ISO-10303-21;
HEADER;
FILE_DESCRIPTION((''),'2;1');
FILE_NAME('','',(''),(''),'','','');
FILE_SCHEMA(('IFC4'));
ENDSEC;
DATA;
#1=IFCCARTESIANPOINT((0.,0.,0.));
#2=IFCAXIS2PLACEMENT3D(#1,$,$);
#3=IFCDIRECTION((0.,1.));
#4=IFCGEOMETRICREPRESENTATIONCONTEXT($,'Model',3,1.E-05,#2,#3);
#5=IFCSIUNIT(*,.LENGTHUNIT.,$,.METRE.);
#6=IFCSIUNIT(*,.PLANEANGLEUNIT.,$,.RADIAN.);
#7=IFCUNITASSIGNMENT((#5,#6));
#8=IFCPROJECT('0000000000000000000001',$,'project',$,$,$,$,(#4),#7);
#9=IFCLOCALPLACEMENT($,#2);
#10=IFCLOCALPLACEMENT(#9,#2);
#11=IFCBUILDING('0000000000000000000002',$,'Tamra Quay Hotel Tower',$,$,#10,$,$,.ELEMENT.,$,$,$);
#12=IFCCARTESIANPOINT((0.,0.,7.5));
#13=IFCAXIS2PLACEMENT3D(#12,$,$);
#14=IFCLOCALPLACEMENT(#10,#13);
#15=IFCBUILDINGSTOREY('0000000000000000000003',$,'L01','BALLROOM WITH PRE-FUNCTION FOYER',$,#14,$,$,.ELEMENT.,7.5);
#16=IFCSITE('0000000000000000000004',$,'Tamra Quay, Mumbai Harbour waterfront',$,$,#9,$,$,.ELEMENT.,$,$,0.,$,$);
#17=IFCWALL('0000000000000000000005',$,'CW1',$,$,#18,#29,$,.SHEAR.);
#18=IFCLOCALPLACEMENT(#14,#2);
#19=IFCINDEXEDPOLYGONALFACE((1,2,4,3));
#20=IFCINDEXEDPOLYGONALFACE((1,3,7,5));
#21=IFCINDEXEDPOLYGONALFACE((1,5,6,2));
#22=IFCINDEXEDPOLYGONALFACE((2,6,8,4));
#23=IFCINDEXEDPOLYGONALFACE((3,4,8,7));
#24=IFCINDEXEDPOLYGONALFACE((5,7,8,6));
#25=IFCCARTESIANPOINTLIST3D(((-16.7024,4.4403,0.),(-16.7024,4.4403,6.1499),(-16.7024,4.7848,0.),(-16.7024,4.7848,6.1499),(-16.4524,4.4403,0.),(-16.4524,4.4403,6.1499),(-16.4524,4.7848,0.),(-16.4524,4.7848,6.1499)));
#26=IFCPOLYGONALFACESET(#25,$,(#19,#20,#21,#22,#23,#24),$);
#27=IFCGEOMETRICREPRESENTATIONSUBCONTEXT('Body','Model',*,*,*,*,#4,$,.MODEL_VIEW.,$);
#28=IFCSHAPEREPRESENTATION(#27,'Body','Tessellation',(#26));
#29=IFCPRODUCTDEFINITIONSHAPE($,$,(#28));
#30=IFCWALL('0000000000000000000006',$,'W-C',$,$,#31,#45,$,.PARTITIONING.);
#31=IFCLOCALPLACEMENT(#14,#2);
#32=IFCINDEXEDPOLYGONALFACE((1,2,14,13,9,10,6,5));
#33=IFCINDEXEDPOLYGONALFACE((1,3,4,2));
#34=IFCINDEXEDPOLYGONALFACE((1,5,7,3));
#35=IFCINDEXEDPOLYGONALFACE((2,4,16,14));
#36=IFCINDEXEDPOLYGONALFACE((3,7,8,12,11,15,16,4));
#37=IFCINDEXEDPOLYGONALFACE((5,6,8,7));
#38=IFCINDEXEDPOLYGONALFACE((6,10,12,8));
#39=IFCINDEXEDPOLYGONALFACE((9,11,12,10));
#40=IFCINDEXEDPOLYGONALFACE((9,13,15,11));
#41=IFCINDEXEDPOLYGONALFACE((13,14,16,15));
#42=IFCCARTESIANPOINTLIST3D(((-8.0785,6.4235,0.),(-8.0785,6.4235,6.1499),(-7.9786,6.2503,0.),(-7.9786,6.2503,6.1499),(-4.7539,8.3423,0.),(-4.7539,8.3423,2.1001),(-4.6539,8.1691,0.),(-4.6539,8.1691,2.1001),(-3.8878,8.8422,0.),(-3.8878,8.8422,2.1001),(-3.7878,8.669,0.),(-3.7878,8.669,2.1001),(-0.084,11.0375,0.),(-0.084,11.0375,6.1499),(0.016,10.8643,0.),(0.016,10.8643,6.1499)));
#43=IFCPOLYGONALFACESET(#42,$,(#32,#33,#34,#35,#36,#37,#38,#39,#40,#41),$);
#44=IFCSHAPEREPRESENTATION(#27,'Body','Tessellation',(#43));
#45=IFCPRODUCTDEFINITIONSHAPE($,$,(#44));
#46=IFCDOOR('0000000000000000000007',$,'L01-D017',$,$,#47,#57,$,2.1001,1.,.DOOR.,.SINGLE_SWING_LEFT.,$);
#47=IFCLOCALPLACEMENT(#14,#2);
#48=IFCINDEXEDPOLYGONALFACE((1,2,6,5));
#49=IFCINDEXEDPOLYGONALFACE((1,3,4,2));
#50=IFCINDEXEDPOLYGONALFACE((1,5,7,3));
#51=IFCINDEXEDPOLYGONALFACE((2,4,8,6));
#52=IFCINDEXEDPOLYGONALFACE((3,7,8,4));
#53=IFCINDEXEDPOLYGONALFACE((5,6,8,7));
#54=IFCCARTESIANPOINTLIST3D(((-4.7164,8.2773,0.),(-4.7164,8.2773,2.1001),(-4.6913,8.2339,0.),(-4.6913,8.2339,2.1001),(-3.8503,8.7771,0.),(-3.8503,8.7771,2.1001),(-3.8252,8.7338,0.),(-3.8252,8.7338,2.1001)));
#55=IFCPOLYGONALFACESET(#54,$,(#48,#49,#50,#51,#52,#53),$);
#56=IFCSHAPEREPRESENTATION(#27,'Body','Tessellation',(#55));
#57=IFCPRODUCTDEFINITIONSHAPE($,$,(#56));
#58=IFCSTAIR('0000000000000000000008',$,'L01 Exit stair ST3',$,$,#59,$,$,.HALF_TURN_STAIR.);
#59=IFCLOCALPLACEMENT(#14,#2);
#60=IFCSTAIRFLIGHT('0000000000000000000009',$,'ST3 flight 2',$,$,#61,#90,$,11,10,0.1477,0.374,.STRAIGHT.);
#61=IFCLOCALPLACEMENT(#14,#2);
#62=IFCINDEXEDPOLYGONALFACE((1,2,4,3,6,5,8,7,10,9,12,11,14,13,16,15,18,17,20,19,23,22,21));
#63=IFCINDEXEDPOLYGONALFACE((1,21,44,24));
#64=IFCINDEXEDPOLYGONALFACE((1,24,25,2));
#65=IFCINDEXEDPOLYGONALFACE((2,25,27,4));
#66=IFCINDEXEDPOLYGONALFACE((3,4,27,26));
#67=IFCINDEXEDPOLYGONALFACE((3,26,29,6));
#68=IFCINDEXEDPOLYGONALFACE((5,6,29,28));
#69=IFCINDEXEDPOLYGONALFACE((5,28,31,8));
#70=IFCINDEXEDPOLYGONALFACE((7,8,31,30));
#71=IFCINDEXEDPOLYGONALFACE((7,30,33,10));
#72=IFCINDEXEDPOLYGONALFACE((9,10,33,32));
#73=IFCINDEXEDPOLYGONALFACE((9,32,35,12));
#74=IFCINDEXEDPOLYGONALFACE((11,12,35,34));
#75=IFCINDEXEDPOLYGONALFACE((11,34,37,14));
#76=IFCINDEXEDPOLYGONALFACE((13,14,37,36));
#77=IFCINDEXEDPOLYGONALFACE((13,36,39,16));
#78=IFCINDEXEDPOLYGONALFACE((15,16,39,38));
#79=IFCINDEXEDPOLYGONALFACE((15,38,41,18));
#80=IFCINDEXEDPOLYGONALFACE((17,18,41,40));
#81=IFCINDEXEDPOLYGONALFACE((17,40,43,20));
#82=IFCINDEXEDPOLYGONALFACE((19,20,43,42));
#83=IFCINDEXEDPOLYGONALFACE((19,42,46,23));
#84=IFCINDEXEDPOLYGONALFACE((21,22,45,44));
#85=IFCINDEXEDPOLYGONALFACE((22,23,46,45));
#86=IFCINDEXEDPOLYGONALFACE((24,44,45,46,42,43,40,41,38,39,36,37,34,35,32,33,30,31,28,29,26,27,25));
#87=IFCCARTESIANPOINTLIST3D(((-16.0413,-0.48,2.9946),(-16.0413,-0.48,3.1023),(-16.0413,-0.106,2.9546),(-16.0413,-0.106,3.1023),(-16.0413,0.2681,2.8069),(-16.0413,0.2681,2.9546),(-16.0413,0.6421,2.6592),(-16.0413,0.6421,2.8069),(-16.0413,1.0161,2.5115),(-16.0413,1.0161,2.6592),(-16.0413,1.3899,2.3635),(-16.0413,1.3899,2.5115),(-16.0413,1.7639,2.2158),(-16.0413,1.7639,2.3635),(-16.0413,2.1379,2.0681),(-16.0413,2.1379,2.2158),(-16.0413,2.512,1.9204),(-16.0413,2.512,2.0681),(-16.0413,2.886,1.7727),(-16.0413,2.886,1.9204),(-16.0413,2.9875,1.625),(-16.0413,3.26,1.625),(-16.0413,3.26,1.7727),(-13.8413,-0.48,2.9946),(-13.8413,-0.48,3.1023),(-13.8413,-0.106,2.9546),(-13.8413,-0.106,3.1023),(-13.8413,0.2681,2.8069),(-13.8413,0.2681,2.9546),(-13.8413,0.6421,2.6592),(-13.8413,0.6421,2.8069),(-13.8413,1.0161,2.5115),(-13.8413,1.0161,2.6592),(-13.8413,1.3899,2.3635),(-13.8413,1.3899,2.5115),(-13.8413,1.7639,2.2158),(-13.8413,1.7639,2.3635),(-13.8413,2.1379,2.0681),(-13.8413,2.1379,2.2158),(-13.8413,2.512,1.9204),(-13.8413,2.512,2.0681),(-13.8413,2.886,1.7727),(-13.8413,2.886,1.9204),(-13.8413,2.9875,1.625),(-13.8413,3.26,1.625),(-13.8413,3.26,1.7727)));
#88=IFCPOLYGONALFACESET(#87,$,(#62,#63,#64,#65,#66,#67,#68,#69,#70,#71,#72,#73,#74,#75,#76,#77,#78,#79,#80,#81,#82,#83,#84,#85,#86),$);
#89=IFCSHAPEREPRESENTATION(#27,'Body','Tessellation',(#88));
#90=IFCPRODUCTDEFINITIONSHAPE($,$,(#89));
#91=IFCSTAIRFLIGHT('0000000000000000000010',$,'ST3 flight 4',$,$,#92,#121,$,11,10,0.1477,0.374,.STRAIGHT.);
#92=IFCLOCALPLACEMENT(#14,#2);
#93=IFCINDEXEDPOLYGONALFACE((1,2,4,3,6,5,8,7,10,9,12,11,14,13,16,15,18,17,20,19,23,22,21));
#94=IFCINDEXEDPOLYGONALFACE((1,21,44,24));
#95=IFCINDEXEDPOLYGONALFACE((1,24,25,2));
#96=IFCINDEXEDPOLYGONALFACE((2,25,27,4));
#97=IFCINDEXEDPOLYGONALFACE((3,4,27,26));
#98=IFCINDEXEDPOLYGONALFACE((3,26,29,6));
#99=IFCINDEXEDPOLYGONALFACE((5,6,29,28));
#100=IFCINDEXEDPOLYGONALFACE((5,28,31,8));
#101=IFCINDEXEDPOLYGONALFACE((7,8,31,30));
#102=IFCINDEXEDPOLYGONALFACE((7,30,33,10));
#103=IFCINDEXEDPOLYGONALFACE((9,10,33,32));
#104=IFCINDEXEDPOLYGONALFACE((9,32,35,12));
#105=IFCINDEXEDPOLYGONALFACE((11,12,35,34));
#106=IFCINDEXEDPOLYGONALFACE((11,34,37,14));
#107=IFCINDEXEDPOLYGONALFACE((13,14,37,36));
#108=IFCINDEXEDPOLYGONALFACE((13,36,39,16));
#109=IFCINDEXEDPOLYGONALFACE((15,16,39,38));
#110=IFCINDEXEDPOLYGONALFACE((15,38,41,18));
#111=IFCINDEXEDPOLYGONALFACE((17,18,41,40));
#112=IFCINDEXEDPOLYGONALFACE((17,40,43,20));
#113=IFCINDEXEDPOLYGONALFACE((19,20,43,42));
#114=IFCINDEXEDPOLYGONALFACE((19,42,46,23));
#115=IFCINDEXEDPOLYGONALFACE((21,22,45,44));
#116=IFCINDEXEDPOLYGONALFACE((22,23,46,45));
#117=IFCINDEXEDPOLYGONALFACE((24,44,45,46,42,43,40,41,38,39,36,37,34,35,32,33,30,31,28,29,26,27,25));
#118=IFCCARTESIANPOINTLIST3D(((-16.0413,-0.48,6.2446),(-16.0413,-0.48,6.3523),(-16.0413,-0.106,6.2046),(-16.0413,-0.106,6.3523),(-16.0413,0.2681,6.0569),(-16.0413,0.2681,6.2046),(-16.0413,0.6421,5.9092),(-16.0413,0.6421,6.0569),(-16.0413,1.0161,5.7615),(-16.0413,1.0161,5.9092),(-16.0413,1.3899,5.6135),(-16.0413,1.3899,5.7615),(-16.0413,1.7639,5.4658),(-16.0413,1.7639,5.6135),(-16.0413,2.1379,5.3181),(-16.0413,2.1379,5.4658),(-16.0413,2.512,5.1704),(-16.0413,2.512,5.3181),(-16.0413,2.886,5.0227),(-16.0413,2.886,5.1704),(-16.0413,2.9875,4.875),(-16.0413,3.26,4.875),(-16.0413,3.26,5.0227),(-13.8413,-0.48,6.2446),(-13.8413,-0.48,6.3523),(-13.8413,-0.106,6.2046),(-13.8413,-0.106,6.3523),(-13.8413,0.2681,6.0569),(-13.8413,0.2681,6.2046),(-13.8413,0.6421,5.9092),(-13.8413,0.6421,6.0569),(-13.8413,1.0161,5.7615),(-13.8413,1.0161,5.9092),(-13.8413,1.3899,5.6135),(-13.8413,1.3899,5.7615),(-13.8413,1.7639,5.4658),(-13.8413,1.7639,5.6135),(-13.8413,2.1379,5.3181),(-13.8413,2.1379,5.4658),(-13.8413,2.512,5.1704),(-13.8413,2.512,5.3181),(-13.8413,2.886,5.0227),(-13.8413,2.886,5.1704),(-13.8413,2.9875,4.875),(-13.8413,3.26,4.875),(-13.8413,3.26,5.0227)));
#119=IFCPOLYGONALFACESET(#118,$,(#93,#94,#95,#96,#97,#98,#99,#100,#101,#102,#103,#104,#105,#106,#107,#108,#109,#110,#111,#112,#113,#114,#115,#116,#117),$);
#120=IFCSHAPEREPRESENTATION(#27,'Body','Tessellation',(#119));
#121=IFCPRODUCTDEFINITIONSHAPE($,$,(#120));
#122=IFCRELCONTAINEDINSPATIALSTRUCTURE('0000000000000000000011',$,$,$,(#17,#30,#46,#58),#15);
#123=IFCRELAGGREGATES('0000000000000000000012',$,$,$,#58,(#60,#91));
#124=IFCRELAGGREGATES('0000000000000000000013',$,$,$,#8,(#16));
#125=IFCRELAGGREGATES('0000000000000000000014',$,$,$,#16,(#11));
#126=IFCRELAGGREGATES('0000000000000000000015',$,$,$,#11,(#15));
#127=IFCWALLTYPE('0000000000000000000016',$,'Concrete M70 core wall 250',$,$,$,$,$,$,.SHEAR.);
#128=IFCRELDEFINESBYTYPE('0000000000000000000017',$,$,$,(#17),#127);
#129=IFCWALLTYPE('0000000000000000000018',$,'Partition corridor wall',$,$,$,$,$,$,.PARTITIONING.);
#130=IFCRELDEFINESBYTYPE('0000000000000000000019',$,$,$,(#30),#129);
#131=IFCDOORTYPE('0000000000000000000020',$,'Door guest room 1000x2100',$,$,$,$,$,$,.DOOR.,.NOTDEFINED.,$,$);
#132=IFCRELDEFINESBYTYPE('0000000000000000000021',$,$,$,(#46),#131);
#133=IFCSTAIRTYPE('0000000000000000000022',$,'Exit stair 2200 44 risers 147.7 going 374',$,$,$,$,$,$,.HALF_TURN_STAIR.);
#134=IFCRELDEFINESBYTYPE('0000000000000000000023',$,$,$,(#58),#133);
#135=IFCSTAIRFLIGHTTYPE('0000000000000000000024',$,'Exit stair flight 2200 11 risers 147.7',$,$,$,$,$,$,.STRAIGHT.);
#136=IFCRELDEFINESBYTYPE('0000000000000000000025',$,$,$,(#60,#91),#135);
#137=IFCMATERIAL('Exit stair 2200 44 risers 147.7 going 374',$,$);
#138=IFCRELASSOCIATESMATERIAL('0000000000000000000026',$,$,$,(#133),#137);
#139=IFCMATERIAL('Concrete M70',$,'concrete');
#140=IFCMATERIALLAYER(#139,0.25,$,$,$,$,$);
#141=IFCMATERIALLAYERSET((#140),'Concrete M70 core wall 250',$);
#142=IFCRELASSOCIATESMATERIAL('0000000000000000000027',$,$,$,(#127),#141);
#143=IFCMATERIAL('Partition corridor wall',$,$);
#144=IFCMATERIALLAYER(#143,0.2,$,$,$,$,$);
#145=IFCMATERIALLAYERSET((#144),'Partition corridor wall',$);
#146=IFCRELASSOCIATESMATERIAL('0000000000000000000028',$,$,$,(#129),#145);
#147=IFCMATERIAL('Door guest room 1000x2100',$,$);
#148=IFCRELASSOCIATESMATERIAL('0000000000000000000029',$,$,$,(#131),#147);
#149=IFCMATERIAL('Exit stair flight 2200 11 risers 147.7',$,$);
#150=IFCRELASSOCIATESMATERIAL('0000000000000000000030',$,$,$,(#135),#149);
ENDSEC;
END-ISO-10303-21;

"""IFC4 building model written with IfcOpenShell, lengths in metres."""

from ifc_helpers import new_model, si_unit, direction, frame, frame_2d, origin, place, context, subcontext, project, spatial, polyline, rectangle, outline, extrude, material, layer, layer_set, type_object, element, fill, aggregate, save


model = new_model("IFC4")

# Units and contexts
model_context = context("Model", 3, precision=1e-05, world=origin(), true_north=direction((0.0, 1.0)))
body_context = subcontext(model_context, "Body", "Model", "MODEL_VIEW")
ifc_project = project(units=[si_unit("LENGTHUNIT", "METRE"), si_unit("PLANEANGLEUNIT", "RADIAN")], contexts=[model_context])

# Site, building, storey
site_placement = place(None, origin())
site = spatial("IfcSite", under=ifc_project, at=site_placement, Name="Tamra Quay, Mumbai Harbour waterfront", CompositionType="ELEMENT", RefElevation=0.0)
building_placement = place(site_placement, origin())
building = spatial("IfcBuilding", under=site, at=building_placement, Name="Tamra Quay Hotel Tower", CompositionType="ELEMENT")
storey_placement = place(building_placement, frame((0.0, 0.0, 7.5)))
storey = spatial("IfcBuildingStorey", under=building, at=storey_placement, Name="L01", Description="BALLROOM WITH PRE-FUNCTION FOYER", CompositionType="ELEMENT", Elevation=7.5)

# Shared definitions
ifc_material_1 = material(Name="Exit stair 2200 44 risers 147.7 going 374")
stair_type = type_object("IfcStairType", Name="Exit stair 2200 44 risers 147.7 going 374", PredefinedType="HALF_TURN_STAIR", material=ifc_material_1)
ifc_material_2 = material(Name="Concrete M70", Category="concrete")

# Shared definitions
ifc_layer_1 = layer(ifc_material_2, 0.25)
ifc_layer_set_1 = layer_set([ifc_layer_1], Name="Concrete M70 core wall 250")
wall_type_1 = type_object("IfcWallType", Name="Concrete M70 core wall 250", PredefinedType="SHEAR", material=ifc_layer_set_1)

# Wall
wall_1_placement = place(storey_placement, frame((-16.5774, 4.7849, 0.0), z_axis=(0.0, 0.0, 1.0), x_axis=(0.0, -1.0, 0.0)))
element("IfcWall", 1, at=wall_1_placement, inside=storey, type_object=wall_type_1, Name="CW1", PredefinedType="SHEAR", context=body_context, shape_type="SweptSolid", body=[
    extrude(rectangle(XDim=0.3445, YDim=0.25, at=frame_2d((0.1724, 0.0))), origin(), (0.0, 0.0, 1.0), 6.1499),
])

# Wall, opening, door
ifc_material_3 = material(Name="Partition corridor wall")
ifc_layer_2 = layer(ifc_material_3, 0.2)
ifc_layer_set_2 = layer_set([ifc_layer_2], Name="Partition corridor wall")
wall_type_2 = type_object("IfcWallType", Name="Partition corridor wall", PredefinedType="PARTITIONING", material=ifc_layer_set_2)
wall_2_placement = place(storey_placement, frame((-8.0286, 6.3369, 0.0), z_axis=(0.0, 0.0, 1.0), x_axis=(0.866105, 0.499863, 0.0)))
wall_2 = element("IfcWall", 2, at=wall_2_placement, inside=storey, type_object=wall_type_2, Name="W-C", PredefinedType="PARTITIONING", context=body_context, shape_type="SweptSolid", body=[
    extrude(rectangle(XDim=9.2305, YDim=0.2, at=frame_2d((4.6152, 0.0))), origin(), (0.0, 0.0, 1.0), 6.1499),
])
opening_1_placement = place(wall_2_placement, frame((3.8386, 0.0, 0.0)))
opening_1 = element("IfcOpeningElement", 3, at=opening_1_placement, cuts=wall_2, PredefinedType="OPENING", context=body_context, shape_type="SweptSolid", body=[
    extrude(rectangle(XDim=1.0, YDim=2.1001, at=frame_2d((0.5, 1.05))), frame((0.0, 0.1099, 0.0), z_axis=(0.0, -1.0, 0.0), x_axis=(1.0, 0.0, 0.0)), (0.0, 0.0, 1.0), 0.22),
])
ifc_material_4 = material(Name="Door guest room 1000x2100")
door_type_1 = type_object("IfcDoorType", Name="Door guest room 1000x2100", OperationType="NOTDEFINED", PredefinedType="DOOR", material=ifc_material_4)
door_1_placement = place(opening_1_placement, origin())
door_1 = element("IfcDoor", 4, at=door_1_placement, inside=storey, type_object=door_type_1, Name="L01-D017", OperationType="SINGLE_SWING_LEFT", OverallHeight=2.1001, OverallWidth=1.0, PredefinedType="DOOR", context=body_context, shape_type="SweptSolid", body=[
    extrude(rectangle(XDim=1.0, YDim=2.1001, at=frame_2d((0.5, 1.05))), frame((0.0, 0.0249, 0.0), z_axis=(0.0, -1.0, 0.0), x_axis=(1.0, 0.0, 0.0)), (0.0, 0.0, 1.0), 0.05),
])
fill(opening_1, door_1)

# Stair, stair flights
stair_1_placement = place(storey_placement, origin())
stair_1 = element("IfcStair", 5, at=stair_1_placement, inside=storey, type_object=stair_type, Name="L01 Exit stair ST3", PredefinedType="HALF_TURN_STAIR")
ifc_material_5 = material(Name="Exit stair flight 2200 11 risers 147.7")
stair_flight_type = type_object("IfcStairFlightType", Name="Exit stair flight 2200 11 risers 147.7", PredefinedType="STRAIGHT", material=ifc_material_5)
stair_flight_1_placement = place(storey_placement, frame((-14.9414, 3.26, 1.625), z_axis=(0.0, 0.0, 1.0), x_axis=(0.0, -1.0, 0.0)))
stair_flight_1 = element("IfcStairFlight", 6, at=stair_flight_1_placement, type_object=stair_flight_type, Name="ST3 flight 2", NumberOfRisers=11, NumberOfTreads=10, PredefinedType="STRAIGHT", RiserHeight=0.1477, TreadLength=0.374, context=body_context, shape_type="SweptSolid", body=[
    extrude(outline(polyline([(0.0, 0.0), (0.0, 0.1477), (0.374, 0.1477), (0.374, 0.2954), (0.748, 0.2954), (0.748, 0.4431), (1.1221, 0.4431), (1.1221, 0.5908), (1.4961, 0.5908), (1.4961, 0.7385), (1.8701, 0.7385), (1.8701, 0.8865), (2.2439, 0.8865), (2.2439, 1.0342), (2.6179, 1.0342), (2.6179, 1.1819), (2.9919, 1.1819), (2.9919, 1.3296), (3.366, 1.3296), (3.366, 1.4773), (3.74, 1.4773), (3.74, 1.625), (3.74, 1.3696), (0.2725, 0.0), (0.0, 0.0)])), frame((0.0, 1.1001, 0.0), z_axis=(0.0, -1.0, 0.0), x_axis=(1.0, 0.0, 0.0)), (0.0, 0.0, 1.0), 2.2),
])
stair_flight_2_placement = place(storey_placement, frame((-14.9414, 3.26, 4.875), z_axis=(0.0, 0.0, 1.0), x_axis=(0.0, -1.0, 0.0)))
stair_flight_2 = element("IfcStairFlight", 7, at=stair_flight_2_placement, type_object=stair_flight_type, Name="ST3 flight 4", NumberOfRisers=11, NumberOfTreads=10, PredefinedType="STRAIGHT", RiserHeight=0.1477, TreadLength=0.374, context=body_context, shape_type="SweptSolid", body=[
    extrude(outline(polyline([(0.0, 0.0), (0.0, 0.1477), (0.374, 0.1477), (0.374, 0.2954), (0.748, 0.2954), (0.748, 0.4431), (1.1221, 0.4431), (1.1221, 0.5908), (1.4961, 0.5908), (1.4961, 0.7385), (1.8701, 0.7385), (1.8701, 0.8865), (2.2439, 0.8865), (2.2439, 1.0342), (2.6179, 1.0342), (2.6179, 1.1819), (2.9919, 1.1819), (2.9919, 1.3296), (3.366, 1.3296), (3.366, 1.4773), (3.74, 1.4773), (3.74, 1.625), (3.74, 1.3696), (0.2725, 0.0), (0.0, 0.0)])), frame((0.0, 1.1001, 0.0), z_axis=(0.0, -1.0, 0.0), x_axis=(1.0, 0.0, 0.0)), (0.0, 0.0, 1.0), 2.2),
])
aggregate(stair_1, [stair_flight_1, stair_flight_2])

save(model, "model.ifc")
